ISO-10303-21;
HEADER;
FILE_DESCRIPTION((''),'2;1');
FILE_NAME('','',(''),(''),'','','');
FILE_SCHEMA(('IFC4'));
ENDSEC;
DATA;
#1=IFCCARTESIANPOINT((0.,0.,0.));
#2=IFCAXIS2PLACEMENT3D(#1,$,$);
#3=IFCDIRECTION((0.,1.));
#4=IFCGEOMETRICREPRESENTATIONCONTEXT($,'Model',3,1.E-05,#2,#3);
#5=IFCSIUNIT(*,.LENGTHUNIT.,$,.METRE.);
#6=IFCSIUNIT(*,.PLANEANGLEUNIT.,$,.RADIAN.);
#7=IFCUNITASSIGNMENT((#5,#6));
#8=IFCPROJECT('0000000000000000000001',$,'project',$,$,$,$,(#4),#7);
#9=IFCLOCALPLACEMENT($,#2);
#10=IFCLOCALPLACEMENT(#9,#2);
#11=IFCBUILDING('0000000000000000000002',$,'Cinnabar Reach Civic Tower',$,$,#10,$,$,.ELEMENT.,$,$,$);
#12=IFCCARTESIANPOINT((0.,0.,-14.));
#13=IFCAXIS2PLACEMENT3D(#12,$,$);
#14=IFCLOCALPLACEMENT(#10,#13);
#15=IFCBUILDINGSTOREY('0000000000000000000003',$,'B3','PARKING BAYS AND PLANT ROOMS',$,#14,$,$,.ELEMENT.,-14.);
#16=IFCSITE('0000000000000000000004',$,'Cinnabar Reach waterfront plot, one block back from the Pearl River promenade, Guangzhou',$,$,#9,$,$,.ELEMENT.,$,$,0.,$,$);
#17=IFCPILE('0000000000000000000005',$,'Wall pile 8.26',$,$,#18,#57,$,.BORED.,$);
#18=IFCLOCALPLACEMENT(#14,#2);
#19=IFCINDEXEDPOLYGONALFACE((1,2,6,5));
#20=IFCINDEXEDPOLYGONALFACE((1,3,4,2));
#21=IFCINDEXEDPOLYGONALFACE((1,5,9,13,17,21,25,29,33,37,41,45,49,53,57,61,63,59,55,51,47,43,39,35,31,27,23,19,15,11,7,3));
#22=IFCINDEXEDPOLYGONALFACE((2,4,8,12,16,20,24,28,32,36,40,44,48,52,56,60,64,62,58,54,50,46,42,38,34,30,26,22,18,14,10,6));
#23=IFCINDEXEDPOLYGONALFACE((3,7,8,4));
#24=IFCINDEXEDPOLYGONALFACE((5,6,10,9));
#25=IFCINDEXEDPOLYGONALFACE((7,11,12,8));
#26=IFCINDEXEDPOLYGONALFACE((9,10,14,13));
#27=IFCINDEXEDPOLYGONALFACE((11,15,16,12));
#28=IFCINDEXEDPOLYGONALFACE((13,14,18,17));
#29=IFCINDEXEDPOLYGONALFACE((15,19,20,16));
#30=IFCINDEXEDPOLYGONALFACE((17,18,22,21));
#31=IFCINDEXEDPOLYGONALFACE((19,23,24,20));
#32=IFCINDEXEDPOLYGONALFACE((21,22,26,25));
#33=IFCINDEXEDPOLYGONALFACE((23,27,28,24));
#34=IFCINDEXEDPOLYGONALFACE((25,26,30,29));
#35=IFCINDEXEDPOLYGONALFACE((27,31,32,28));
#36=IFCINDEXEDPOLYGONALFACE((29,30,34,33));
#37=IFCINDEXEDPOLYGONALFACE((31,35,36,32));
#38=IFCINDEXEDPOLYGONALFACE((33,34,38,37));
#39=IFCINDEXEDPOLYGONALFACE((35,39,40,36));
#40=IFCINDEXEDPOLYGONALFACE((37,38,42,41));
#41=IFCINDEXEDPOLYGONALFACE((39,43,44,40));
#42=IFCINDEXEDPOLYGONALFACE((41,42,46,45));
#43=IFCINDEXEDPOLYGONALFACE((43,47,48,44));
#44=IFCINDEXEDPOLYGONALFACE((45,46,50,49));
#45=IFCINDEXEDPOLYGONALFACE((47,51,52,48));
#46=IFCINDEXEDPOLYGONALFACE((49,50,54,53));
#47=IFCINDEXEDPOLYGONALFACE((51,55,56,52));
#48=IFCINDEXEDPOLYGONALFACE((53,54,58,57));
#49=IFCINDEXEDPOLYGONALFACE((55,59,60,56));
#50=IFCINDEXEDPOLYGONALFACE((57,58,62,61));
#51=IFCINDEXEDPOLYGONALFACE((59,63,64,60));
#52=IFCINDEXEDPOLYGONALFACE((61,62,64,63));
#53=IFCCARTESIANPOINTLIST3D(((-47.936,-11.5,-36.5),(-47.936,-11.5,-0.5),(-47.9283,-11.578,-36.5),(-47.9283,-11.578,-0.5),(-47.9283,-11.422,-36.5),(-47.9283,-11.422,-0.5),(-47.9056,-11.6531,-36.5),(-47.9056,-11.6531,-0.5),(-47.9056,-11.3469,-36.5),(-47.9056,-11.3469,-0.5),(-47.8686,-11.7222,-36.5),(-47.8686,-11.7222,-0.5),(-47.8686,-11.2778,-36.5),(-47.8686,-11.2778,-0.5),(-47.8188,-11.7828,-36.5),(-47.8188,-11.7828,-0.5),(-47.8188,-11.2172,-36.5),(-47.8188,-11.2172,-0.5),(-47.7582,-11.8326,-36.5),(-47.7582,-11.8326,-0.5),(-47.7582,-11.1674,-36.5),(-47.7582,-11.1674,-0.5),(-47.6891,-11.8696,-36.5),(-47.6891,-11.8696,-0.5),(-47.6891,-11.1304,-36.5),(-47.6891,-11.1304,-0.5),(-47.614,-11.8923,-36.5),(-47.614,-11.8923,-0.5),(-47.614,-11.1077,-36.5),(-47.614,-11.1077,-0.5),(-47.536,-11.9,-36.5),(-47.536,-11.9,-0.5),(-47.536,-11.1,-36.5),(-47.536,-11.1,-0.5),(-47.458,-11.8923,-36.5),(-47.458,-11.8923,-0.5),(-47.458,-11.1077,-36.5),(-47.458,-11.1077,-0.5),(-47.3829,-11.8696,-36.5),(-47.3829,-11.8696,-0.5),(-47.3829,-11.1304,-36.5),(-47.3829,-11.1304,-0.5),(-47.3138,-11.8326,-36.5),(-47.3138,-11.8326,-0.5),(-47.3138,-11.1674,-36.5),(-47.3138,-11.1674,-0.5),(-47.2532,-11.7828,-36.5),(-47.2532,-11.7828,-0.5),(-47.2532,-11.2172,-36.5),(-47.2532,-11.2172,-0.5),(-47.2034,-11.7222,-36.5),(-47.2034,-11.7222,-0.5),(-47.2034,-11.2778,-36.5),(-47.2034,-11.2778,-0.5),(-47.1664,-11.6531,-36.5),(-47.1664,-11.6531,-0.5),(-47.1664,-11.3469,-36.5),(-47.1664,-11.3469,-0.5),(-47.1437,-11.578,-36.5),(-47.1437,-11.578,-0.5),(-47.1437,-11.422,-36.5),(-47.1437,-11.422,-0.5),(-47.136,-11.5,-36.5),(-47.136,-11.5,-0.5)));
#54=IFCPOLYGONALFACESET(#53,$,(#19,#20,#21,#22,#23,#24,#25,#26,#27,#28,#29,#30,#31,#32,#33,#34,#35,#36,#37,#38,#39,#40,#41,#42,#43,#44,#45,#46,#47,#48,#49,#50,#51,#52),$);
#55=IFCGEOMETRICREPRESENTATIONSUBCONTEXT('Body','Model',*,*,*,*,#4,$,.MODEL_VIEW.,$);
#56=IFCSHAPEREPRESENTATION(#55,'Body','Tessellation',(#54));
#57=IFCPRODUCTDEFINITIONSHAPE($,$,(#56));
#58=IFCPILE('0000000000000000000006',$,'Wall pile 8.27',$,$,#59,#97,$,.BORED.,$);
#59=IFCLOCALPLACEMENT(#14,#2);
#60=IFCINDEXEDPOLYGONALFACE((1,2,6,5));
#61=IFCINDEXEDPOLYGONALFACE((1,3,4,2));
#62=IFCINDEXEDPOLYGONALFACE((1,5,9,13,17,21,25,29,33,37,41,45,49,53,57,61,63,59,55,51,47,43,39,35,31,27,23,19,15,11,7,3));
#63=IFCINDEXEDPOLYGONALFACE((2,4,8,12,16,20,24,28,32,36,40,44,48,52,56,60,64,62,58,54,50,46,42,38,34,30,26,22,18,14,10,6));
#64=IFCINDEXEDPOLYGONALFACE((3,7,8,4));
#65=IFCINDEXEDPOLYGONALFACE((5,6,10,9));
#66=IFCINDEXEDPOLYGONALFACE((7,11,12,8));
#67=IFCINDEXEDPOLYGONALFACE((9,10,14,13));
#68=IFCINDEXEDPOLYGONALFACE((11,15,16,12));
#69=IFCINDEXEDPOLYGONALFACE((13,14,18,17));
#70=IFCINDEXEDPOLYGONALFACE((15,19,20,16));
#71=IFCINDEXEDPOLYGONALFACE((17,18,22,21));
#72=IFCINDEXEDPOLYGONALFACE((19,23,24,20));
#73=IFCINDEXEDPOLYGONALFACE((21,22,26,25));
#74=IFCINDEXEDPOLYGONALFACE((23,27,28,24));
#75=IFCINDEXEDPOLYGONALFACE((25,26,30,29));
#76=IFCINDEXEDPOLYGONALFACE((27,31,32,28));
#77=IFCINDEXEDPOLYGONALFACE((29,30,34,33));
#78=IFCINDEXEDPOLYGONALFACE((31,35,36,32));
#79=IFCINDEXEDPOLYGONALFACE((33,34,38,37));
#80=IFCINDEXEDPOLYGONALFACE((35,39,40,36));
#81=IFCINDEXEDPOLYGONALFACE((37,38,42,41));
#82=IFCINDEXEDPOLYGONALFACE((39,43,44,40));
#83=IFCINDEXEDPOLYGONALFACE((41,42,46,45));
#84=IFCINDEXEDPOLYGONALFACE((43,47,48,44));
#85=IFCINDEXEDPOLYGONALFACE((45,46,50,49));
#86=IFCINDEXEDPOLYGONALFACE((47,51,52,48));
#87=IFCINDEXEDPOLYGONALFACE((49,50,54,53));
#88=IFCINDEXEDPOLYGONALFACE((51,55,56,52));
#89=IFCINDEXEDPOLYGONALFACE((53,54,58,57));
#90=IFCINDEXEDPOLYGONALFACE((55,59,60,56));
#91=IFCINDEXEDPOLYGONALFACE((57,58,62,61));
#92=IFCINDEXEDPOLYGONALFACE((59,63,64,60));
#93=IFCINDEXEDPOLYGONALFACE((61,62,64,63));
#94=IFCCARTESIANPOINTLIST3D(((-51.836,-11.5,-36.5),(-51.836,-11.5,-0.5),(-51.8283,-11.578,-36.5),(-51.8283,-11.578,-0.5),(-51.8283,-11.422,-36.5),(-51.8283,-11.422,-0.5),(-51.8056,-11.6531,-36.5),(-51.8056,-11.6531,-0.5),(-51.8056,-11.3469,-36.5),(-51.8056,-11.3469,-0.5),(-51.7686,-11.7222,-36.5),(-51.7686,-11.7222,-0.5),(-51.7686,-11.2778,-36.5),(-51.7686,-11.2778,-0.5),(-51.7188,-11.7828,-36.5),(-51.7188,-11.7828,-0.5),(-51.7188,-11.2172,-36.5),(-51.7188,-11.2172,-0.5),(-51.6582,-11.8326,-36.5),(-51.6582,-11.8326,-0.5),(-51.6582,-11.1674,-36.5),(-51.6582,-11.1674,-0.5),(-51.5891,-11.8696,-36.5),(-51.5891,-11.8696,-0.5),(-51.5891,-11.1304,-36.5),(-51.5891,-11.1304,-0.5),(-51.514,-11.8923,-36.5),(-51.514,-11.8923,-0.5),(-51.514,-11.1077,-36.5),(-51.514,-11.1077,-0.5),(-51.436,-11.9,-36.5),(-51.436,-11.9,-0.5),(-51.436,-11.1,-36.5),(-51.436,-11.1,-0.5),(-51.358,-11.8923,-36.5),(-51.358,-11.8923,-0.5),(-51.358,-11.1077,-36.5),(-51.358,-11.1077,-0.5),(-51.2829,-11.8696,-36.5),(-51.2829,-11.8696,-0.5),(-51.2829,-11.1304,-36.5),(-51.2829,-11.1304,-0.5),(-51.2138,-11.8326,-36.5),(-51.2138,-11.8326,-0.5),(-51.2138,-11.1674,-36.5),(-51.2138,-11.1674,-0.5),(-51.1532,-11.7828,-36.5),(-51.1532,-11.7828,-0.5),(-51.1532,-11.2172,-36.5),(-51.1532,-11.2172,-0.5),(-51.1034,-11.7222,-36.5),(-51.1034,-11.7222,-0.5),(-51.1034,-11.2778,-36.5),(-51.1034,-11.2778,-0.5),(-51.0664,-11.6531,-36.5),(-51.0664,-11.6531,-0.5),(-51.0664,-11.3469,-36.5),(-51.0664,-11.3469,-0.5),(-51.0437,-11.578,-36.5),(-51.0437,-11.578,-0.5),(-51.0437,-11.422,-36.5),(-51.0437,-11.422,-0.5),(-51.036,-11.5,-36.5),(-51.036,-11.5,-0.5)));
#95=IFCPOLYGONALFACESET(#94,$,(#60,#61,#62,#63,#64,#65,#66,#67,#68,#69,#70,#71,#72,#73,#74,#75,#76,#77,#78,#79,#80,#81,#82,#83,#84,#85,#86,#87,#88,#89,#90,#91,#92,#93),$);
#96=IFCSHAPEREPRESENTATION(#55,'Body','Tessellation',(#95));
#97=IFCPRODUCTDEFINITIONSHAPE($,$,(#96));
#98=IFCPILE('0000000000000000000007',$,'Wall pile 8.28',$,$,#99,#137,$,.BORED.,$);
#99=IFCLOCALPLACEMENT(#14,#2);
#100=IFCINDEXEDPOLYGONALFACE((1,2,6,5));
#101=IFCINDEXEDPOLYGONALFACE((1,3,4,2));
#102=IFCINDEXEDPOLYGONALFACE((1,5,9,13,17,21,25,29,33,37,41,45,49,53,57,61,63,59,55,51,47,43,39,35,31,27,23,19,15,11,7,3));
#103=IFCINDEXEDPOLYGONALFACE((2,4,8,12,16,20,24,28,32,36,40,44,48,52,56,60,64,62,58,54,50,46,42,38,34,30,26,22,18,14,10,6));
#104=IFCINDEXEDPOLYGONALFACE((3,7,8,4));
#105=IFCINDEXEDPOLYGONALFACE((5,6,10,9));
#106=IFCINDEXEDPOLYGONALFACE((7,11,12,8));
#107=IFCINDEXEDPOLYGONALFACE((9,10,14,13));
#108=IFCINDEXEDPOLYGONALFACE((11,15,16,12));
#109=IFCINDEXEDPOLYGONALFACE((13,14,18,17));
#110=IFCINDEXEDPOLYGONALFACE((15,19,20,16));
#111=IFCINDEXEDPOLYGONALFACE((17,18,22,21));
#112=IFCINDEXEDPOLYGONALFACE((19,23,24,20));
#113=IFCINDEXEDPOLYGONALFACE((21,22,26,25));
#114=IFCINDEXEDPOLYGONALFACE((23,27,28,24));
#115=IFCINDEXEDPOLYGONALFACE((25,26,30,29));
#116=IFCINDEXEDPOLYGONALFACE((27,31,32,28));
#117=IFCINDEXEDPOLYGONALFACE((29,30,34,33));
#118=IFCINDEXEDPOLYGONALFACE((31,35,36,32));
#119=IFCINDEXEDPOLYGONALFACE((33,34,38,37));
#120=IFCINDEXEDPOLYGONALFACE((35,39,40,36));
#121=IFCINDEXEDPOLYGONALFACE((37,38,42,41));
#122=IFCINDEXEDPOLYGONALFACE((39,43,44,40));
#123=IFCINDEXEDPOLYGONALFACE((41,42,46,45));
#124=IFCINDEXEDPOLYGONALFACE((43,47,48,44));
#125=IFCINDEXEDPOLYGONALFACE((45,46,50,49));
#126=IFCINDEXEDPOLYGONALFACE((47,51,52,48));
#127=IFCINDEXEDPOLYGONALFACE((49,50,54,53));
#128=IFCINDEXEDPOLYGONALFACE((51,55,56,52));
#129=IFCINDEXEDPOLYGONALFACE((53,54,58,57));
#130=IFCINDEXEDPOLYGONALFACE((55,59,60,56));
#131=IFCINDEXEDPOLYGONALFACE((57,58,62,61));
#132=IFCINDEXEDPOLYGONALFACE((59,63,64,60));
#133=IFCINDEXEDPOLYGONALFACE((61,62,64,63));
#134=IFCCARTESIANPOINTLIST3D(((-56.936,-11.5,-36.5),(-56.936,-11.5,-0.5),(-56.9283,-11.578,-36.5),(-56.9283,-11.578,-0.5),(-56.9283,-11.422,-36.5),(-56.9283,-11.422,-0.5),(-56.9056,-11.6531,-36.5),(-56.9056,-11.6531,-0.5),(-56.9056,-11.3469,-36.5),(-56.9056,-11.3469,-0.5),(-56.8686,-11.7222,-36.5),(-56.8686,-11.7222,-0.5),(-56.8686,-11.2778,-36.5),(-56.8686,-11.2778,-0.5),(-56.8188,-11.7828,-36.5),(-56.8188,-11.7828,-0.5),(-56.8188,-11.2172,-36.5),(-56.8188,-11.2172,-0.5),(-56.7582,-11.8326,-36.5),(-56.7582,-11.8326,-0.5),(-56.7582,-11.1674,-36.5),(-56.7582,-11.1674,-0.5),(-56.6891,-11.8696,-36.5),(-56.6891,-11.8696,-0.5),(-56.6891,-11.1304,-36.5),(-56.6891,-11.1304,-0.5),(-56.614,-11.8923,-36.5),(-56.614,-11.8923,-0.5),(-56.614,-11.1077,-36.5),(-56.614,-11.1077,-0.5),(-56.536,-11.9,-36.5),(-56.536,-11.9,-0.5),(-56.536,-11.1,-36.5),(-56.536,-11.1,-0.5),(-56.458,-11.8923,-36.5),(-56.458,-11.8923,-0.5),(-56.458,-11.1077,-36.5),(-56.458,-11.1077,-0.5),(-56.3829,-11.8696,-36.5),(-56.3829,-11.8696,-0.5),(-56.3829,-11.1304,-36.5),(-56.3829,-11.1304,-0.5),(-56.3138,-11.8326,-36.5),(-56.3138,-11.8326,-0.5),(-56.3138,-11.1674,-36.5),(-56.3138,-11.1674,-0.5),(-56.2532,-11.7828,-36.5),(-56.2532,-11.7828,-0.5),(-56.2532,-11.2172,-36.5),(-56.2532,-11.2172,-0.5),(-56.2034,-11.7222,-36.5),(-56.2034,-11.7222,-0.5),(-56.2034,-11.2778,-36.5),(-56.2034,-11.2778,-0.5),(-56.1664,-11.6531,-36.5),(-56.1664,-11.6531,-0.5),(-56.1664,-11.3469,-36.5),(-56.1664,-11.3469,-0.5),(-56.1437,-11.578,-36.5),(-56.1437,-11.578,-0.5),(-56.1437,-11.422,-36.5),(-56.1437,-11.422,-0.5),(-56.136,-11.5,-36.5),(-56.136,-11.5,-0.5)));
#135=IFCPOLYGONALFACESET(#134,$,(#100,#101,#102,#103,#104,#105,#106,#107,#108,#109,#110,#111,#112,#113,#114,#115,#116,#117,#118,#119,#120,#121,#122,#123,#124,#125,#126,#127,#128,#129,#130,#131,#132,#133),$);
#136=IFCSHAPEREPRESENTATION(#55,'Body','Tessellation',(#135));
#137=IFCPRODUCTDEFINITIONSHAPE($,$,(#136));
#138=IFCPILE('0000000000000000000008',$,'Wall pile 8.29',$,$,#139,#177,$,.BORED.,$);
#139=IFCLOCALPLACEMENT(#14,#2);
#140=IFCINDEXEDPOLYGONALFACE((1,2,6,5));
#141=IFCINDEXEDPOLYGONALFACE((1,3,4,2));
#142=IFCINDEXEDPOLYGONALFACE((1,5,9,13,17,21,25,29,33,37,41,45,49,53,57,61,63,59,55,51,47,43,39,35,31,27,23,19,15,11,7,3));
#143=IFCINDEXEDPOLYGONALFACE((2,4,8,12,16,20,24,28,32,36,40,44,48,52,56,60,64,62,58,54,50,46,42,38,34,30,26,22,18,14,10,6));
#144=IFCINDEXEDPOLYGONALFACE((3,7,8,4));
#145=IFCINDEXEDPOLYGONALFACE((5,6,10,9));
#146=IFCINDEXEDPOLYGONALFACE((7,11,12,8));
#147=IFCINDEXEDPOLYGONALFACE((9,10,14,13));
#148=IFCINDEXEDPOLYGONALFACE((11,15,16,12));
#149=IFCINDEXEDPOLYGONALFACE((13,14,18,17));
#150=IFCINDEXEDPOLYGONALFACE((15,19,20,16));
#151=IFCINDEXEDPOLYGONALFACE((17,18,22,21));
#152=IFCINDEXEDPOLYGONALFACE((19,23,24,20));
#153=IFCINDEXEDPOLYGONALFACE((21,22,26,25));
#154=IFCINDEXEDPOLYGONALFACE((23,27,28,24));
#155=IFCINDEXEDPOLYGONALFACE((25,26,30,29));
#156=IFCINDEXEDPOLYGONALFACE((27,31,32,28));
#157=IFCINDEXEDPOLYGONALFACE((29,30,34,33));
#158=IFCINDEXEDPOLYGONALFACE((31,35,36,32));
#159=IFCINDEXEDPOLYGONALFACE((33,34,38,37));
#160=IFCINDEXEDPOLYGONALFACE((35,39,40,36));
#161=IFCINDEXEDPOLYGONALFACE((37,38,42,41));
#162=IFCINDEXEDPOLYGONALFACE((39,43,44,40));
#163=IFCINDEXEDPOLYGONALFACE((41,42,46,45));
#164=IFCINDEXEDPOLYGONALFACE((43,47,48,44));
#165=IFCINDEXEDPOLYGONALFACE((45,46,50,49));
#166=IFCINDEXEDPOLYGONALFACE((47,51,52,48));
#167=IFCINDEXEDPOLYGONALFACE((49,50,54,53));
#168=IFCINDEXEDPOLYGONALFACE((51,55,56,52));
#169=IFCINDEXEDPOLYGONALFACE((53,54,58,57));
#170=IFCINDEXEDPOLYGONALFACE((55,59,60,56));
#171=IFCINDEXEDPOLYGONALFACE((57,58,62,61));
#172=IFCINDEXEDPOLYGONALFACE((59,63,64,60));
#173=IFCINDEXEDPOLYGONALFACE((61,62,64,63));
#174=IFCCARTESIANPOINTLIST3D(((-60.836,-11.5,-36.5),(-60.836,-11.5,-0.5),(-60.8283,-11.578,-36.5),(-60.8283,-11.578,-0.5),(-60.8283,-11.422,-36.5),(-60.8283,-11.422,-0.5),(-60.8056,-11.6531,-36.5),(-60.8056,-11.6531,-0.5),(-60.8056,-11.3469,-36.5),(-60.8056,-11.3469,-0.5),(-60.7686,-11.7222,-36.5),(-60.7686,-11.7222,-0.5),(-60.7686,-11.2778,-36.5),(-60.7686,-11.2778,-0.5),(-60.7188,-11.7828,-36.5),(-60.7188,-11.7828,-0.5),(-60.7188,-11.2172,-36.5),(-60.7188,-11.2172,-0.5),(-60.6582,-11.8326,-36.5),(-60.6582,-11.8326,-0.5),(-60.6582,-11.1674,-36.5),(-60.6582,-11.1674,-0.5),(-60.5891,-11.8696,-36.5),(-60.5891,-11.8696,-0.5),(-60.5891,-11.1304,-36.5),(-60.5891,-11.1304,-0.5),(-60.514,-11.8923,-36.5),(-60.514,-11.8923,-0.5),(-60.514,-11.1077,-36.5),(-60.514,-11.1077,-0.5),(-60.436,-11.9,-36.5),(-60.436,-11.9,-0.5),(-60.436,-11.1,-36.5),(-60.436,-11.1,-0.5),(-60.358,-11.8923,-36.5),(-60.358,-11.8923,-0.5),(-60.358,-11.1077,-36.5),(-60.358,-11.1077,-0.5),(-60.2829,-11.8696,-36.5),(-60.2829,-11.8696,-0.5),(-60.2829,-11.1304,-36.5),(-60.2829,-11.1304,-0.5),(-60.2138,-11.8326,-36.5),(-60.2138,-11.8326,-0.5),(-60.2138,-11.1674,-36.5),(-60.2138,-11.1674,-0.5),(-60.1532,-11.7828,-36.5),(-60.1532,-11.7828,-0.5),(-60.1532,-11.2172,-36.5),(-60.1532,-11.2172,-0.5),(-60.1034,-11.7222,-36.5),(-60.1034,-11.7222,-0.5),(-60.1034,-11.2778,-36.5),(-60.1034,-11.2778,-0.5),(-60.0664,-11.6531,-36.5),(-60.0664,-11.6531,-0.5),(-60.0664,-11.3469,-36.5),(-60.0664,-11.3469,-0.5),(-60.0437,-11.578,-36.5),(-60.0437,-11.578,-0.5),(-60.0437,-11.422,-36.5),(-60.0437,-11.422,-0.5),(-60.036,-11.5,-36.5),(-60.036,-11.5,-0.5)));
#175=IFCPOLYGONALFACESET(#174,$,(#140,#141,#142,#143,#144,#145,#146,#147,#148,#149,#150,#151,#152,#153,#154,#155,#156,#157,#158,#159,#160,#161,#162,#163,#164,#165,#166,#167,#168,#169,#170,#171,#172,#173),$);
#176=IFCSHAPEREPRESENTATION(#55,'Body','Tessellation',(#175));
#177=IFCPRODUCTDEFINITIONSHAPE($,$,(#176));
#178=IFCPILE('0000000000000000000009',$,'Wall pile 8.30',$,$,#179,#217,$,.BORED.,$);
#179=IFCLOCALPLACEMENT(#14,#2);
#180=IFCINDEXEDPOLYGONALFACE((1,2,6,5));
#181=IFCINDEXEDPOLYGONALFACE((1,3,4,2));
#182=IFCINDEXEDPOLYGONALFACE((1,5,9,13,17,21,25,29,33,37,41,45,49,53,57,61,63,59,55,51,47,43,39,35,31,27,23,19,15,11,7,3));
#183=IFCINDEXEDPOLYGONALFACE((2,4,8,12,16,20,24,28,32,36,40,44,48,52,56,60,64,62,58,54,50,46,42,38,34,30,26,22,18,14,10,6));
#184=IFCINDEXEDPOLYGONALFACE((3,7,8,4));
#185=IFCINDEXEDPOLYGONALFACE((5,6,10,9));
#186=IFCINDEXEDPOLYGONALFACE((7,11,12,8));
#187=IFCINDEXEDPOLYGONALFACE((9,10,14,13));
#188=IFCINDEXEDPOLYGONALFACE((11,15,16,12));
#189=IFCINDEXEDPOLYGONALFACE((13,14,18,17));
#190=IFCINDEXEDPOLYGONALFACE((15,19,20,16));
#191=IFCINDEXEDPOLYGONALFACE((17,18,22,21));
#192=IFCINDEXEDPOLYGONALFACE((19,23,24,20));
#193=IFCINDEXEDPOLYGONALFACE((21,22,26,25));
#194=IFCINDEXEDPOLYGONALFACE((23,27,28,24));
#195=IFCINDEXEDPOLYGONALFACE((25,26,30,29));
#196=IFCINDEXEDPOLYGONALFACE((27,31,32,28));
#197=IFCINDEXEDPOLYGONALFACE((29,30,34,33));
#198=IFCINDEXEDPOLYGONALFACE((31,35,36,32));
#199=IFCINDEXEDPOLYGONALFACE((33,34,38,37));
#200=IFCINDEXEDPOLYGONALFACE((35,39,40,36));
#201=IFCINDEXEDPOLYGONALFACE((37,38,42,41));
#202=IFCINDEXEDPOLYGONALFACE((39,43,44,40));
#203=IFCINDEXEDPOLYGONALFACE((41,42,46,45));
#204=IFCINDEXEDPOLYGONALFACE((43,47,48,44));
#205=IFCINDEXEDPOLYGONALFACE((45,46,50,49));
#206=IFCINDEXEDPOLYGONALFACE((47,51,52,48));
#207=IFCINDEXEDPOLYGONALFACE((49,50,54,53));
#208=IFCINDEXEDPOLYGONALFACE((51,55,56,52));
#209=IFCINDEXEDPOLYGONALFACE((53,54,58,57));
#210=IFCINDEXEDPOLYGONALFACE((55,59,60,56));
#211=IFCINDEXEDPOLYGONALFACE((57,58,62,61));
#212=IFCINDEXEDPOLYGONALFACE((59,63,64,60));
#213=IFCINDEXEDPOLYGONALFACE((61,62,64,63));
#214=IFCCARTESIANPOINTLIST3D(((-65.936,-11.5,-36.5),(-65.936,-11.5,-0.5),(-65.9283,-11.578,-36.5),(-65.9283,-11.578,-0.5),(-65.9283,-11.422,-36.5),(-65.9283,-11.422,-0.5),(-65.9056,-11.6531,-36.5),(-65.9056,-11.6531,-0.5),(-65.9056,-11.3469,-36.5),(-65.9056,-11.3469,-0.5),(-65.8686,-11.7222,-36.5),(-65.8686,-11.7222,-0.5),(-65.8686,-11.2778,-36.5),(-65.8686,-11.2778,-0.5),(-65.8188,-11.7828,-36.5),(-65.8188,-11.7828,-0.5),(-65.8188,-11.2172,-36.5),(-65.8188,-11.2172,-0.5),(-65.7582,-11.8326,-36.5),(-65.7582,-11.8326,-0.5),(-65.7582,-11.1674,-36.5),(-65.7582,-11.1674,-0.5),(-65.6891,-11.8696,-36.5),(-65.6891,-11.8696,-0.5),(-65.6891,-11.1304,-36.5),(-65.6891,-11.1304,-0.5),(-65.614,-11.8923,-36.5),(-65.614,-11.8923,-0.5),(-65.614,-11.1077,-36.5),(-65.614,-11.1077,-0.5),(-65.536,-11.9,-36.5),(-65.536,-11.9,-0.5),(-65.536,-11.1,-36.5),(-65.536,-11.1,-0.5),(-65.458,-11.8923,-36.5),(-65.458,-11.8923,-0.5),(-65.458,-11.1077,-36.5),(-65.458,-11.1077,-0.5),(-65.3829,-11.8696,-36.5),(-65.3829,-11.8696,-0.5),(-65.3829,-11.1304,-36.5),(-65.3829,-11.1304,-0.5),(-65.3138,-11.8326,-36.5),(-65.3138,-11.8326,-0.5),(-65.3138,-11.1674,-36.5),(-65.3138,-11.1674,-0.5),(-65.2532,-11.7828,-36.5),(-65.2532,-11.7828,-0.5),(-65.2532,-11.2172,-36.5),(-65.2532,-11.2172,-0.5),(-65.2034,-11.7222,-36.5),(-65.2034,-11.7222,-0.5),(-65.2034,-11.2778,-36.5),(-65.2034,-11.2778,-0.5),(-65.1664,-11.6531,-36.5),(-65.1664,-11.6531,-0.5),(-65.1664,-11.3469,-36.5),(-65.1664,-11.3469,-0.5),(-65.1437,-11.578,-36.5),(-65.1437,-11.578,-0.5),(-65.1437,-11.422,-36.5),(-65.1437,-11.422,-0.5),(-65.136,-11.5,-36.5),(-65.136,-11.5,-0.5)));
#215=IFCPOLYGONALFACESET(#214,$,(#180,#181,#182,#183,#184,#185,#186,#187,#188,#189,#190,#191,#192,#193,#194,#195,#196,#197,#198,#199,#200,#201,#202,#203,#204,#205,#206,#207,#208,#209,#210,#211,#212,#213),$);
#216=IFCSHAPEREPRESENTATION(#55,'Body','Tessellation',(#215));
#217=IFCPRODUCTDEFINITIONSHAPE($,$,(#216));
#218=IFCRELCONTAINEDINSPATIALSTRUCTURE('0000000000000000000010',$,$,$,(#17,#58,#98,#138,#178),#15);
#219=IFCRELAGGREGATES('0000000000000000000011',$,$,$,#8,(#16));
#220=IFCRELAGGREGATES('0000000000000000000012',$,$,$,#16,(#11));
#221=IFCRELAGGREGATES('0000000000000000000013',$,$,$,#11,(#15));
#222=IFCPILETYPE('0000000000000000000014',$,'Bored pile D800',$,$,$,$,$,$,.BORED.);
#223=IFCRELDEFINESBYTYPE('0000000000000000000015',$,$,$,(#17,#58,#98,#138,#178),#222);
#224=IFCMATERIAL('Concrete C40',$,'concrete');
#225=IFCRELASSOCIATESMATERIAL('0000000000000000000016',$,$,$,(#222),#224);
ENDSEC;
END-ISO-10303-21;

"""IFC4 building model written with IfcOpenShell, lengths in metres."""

from ifc_helpers import new_model, si_unit, direction, frame, origin, origin_2d, place, context, subcontext, project, spatial, circle, extrude, material, type_object, element, save


model = new_model("IFC4")

# Units and contexts
model_context = context("Model", 3, precision=1e-05, world=origin(), true_north=direction((0.0, 1.0)))
body_context = subcontext(model_context, "Body", "Model", "MODEL_VIEW")
ifc_project = project(units=[si_unit("LENGTHUNIT", "METRE"), si_unit("PLANEANGLEUNIT", "RADIAN")], contexts=[model_context])

# Site, building, storey
site_placement = place(None, origin())
site = spatial("IfcSite", under=ifc_project, at=site_placement, Name="Cinnabar Reach waterfront plot, one block back from the Pearl River promenade, Guangzhou", CompositionType="ELEMENT", RefElevation=0.0)
building_placement = place(site_placement, origin())
building = spatial("IfcBuilding", under=site, at=building_placement, Name="Cinnabar Reach Civic Tower", CompositionType="ELEMENT")
storey_placement = place(building_placement, frame((0.0, 0.0, -14.0)))
storey = spatial("IfcBuildingStorey", under=building, at=storey_placement, Name="B3", Description="PARKING BAYS AND PLANT ROOMS", CompositionType="ELEMENT", Elevation=-14.0)

# Piles
ifc_material_1 = material(Name="Concrete C40", Category="concrete")
pile_type = type_object("IfcPileType", Name="Bored pile D800", PredefinedType="BORED", material=ifc_material_1)
for number, where, z_axis, x_axis, name in (
    (1, (-47.536, -11.5, -0.5), (0.0, 0.0, -1.0), (1.0, 0.0, 0.0), "Wall pile 8.26"),
    (2, (-51.436, -11.5, -0.5), (0.0, 0.0, -1.0), (1.0, 0.0, 0.0), "Wall pile 8.27"),
    (3, (-56.536, -11.5, -0.5), (0.0, 0.0, -1.0), (1.0, 0.0, 0.0), "Wall pile 8.28"),
    (4, (-60.436, -11.5, -0.5), (0.0, 0.0, -1.0), (1.0, 0.0, 0.0), "Wall pile 8.29"),
    (5, (-65.536, -11.5, -0.5), (0.0, 0.0, -1.0), (1.0, 0.0, 0.0), "Wall pile 8.30"),
):
    element("IfcPile", number, at=place(storey_placement, frame(where, z_axis=z_axis, x_axis=x_axis)), inside=storey, type_object=pile_type, Name=name, PredefinedType="BORED", context=body_context, shape_type="SweptSolid", body=[
        extrude(circle(Radius=0.4, at=origin_2d()), origin(), (0.0, 0.0, 1.0), 36.0),
    ])

save(model, "model.ifc")
